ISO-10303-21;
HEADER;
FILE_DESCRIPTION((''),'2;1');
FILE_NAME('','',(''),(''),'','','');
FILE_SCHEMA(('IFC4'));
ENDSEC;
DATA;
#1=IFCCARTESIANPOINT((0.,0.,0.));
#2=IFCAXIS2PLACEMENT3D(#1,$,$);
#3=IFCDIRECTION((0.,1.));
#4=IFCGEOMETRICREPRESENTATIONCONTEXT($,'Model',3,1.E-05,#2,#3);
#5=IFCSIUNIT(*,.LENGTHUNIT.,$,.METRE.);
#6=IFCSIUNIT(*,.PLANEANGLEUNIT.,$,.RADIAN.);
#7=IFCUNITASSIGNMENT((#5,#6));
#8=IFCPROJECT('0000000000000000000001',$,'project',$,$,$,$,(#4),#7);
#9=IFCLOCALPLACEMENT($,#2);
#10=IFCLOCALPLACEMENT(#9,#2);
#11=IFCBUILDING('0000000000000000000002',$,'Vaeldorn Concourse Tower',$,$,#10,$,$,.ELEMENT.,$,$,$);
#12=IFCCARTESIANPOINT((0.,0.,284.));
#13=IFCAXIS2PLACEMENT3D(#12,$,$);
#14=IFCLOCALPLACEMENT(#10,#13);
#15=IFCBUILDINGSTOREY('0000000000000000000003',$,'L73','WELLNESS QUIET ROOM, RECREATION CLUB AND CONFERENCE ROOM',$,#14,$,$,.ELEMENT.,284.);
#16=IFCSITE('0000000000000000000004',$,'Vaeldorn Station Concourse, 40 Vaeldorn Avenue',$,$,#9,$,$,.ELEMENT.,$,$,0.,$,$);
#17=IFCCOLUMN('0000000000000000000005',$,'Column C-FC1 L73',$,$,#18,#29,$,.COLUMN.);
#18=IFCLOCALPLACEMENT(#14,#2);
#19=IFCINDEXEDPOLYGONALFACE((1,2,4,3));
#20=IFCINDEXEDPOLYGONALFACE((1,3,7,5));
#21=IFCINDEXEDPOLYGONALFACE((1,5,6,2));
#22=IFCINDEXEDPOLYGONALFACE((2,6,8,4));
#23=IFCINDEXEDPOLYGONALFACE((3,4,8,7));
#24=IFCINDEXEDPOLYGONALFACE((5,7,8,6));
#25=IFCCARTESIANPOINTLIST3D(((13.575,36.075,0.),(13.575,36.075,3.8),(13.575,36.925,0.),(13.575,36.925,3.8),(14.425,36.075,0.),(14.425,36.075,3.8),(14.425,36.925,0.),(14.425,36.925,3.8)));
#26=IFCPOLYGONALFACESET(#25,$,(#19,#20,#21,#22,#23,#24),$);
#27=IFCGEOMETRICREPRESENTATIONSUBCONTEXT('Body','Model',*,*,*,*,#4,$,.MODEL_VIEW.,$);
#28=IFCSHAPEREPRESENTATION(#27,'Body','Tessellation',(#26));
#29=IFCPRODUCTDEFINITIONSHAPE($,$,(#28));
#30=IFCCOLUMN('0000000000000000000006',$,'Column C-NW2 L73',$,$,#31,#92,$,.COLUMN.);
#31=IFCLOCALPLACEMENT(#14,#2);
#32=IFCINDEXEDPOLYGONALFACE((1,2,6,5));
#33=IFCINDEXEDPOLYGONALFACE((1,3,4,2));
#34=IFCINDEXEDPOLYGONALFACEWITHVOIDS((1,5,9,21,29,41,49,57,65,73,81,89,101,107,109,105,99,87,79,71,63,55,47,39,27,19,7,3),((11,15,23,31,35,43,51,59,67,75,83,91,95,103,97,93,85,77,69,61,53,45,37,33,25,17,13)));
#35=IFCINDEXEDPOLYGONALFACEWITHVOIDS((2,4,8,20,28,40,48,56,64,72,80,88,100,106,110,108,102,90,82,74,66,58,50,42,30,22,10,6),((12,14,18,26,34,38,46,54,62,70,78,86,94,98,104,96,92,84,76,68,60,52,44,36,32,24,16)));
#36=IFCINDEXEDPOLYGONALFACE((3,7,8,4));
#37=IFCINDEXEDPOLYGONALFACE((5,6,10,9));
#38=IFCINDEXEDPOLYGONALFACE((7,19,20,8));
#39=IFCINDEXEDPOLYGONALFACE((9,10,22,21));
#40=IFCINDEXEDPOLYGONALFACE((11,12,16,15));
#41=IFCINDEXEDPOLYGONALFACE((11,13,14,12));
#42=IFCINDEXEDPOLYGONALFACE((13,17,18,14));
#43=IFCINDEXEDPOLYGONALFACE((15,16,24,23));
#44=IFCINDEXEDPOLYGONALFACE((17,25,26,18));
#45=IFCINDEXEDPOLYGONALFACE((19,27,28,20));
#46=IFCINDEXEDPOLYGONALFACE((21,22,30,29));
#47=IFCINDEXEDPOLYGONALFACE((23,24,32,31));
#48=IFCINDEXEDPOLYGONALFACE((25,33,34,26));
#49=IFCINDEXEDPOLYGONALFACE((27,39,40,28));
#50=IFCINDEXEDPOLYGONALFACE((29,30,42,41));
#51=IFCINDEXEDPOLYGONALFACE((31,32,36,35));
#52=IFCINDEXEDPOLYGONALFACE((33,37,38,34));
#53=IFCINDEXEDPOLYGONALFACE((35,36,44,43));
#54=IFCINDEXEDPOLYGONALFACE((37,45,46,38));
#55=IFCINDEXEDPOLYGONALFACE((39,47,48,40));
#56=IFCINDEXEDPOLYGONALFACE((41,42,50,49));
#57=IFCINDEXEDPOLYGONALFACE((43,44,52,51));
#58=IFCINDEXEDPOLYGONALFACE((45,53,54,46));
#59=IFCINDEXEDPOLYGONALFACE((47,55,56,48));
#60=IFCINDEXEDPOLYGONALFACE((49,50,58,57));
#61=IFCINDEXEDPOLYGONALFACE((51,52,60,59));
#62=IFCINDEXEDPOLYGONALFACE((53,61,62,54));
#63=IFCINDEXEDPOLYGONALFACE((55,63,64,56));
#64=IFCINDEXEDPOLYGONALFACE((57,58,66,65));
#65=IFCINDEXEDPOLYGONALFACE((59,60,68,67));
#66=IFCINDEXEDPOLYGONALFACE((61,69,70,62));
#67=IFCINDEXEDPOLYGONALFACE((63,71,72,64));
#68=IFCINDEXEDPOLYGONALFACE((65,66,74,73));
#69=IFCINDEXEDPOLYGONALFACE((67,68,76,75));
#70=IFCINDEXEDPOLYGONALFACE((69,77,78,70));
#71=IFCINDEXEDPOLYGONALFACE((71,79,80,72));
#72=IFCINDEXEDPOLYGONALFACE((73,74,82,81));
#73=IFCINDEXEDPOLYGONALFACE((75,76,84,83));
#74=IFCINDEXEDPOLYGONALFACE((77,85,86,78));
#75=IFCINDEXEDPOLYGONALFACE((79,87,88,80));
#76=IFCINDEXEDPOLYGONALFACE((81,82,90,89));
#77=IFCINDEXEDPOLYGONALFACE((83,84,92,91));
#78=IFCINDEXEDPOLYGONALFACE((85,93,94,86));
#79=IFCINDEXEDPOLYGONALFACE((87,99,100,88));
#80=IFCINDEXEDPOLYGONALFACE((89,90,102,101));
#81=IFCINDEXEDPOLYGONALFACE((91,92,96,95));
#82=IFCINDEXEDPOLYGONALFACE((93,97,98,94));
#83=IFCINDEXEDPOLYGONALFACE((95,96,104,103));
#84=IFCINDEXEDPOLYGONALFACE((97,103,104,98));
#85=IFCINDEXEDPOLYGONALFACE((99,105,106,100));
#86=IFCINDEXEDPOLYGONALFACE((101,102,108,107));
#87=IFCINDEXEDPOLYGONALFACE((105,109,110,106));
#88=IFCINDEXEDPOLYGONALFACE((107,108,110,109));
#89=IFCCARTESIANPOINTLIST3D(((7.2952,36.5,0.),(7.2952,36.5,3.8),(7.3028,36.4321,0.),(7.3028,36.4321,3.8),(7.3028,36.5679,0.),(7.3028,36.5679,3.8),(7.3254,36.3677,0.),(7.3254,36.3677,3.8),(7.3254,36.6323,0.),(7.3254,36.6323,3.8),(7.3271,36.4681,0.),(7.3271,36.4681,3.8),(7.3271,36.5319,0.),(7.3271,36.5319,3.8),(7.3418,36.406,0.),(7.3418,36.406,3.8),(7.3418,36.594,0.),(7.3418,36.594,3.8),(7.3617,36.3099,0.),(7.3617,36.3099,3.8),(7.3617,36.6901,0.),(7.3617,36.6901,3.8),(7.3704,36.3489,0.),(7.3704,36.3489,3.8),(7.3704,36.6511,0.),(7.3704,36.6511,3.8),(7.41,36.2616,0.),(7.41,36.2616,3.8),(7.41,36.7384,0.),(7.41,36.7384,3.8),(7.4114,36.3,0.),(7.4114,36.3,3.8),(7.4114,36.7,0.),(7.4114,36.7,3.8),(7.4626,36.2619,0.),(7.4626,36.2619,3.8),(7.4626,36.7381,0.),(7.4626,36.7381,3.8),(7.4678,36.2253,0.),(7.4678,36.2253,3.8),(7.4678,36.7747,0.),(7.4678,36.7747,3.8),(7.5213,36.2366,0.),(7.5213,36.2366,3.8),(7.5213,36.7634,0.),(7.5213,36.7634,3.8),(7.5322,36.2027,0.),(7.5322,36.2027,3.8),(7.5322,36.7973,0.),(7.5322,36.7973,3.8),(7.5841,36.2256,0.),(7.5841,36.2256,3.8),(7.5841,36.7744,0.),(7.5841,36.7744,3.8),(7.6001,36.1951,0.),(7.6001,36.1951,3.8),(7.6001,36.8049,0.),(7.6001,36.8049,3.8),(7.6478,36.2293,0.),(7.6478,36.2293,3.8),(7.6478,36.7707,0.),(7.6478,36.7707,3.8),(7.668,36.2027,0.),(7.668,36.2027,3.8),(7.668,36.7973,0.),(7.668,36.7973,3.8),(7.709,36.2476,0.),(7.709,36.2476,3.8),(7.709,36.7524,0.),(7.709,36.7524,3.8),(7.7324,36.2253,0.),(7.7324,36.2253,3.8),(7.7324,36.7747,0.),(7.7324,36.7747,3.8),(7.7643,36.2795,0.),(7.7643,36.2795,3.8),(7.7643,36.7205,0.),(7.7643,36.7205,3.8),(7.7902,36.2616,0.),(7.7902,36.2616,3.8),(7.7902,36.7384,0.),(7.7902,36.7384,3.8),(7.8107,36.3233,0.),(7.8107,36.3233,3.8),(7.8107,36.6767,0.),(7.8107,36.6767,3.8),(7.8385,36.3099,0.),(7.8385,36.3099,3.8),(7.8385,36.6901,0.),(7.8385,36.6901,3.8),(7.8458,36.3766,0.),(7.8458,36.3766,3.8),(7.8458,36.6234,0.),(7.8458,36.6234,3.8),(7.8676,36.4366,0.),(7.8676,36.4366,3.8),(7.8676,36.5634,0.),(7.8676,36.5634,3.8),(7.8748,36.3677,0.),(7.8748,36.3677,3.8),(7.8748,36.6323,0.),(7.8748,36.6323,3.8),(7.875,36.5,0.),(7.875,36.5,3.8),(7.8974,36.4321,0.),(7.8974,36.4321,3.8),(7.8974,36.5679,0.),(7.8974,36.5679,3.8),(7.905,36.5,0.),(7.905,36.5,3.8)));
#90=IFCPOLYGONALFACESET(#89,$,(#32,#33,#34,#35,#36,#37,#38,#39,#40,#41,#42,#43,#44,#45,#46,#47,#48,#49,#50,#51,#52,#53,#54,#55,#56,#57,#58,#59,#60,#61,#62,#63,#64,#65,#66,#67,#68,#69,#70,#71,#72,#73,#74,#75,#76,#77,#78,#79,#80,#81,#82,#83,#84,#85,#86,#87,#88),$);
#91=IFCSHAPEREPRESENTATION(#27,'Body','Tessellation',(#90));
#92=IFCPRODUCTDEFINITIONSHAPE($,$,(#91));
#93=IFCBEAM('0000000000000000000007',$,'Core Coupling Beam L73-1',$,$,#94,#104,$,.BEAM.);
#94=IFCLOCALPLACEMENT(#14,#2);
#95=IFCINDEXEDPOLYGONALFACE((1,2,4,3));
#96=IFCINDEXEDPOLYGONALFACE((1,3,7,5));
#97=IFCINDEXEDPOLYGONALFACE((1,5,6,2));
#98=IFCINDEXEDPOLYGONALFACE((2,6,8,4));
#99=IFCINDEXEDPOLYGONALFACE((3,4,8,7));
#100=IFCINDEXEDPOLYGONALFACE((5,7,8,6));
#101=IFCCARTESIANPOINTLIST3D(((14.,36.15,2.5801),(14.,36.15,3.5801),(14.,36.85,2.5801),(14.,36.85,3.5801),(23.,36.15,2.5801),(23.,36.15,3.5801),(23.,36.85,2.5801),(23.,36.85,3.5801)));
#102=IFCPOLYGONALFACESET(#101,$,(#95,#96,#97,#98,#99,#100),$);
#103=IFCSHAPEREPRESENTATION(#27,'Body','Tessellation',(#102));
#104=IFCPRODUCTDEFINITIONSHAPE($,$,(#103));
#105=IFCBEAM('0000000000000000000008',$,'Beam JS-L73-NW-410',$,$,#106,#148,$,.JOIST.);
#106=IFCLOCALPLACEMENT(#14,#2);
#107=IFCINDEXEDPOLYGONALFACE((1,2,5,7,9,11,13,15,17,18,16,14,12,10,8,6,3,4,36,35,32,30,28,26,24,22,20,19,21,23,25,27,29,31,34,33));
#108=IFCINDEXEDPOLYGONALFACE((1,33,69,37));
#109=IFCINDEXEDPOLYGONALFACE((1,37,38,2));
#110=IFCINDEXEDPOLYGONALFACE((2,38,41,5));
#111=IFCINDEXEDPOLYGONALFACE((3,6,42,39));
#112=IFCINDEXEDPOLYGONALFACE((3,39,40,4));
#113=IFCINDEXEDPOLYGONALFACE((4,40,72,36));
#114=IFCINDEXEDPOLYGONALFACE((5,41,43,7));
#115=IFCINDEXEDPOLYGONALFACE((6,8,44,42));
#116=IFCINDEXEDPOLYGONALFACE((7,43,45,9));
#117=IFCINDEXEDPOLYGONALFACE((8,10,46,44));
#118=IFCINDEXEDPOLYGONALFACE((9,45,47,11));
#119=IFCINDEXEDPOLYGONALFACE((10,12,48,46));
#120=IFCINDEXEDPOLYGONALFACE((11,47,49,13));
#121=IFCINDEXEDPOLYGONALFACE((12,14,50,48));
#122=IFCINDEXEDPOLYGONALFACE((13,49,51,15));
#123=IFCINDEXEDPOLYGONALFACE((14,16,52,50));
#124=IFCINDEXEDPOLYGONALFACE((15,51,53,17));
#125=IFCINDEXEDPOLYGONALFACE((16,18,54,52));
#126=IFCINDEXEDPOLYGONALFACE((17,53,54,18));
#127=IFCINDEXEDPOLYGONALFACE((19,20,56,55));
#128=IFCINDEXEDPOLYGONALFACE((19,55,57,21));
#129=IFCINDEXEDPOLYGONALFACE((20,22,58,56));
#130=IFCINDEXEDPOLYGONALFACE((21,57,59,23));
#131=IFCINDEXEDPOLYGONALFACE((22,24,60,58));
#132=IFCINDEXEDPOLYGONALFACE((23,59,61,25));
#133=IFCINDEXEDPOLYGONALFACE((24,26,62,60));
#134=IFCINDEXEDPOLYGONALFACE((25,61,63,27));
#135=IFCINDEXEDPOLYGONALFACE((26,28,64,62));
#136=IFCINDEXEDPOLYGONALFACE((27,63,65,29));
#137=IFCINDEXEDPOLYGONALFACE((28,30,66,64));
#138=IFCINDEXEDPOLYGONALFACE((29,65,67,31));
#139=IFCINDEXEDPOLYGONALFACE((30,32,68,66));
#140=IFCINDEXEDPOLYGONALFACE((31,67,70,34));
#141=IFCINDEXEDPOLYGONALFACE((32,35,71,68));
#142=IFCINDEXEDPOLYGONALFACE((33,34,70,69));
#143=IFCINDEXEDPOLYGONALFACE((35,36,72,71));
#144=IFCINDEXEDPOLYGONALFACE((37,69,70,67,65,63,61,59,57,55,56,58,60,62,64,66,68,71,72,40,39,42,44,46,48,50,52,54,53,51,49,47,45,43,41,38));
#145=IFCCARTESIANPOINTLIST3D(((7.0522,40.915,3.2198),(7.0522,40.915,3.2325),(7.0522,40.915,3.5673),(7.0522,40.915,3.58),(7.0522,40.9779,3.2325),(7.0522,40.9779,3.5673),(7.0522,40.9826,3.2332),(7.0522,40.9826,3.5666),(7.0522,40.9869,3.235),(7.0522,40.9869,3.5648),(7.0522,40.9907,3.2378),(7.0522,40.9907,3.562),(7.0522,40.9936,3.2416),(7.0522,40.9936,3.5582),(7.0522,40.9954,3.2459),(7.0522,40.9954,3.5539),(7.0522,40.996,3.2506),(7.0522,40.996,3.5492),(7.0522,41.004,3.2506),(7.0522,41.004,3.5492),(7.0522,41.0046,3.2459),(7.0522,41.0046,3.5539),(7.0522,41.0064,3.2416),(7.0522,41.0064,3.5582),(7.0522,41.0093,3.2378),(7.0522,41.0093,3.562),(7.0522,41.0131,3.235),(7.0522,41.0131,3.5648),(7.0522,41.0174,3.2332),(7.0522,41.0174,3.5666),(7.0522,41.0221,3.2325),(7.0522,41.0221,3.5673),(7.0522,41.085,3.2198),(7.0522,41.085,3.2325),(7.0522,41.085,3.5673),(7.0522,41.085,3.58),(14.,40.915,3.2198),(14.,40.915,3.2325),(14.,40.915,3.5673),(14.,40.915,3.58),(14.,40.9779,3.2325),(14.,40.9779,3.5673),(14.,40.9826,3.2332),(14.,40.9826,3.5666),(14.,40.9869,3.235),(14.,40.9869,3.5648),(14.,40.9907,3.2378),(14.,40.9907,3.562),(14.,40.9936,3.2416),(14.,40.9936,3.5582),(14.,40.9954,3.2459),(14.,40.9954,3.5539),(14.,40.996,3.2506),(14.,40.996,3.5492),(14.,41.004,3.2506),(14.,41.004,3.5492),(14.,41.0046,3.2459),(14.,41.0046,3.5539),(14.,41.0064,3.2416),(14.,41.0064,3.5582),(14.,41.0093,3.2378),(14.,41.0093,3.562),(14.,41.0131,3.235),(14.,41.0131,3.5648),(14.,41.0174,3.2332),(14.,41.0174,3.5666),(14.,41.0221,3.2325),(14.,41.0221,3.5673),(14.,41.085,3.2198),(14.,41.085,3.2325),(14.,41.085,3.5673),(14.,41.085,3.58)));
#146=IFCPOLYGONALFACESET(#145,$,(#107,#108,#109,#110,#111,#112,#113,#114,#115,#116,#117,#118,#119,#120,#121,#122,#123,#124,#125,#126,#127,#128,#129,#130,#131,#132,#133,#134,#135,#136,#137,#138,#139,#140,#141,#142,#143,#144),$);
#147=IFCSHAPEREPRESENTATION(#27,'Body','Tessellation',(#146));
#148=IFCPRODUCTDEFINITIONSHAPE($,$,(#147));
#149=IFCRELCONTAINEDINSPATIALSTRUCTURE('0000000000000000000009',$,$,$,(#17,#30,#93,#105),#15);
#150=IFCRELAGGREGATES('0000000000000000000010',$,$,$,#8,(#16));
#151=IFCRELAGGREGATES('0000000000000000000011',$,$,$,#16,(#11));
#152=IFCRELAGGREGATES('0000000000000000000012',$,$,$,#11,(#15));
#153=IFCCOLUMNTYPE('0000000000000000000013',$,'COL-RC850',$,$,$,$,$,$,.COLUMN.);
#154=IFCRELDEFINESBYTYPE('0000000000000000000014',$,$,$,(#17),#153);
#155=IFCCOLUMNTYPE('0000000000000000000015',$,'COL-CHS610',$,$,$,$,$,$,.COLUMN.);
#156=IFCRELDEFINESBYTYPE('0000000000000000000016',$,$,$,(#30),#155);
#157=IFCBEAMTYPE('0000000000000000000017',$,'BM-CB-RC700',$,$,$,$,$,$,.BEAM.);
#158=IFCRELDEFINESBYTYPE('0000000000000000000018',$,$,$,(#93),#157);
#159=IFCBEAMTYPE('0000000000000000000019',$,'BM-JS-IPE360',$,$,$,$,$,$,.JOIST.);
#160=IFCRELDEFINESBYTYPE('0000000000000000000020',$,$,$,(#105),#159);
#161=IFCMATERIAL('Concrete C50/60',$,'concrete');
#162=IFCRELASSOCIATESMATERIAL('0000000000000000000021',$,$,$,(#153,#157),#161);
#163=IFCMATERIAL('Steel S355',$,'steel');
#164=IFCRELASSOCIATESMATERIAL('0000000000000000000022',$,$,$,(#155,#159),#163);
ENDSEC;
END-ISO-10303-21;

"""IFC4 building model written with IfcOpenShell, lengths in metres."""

from ifc_helpers import new_model, si_unit, direction, frame, origin, origin_2d, place, context, subcontext, project, spatial, rectangle, hollow_circle, i_section, extrude, source, transform, mapped, material, material_profile, profile_set, type_object, element, save


model = new_model("IFC4")

# Units and contexts
model_context = context("Model", 3, precision=1e-05, world=origin(), true_north=direction((0.0, 1.0)))
body_context = subcontext(model_context, "Body", "Model", "MODEL_VIEW")
ifc_project = project(units=[si_unit("LENGTHUNIT", "METRE"), si_unit("PLANEANGLEUNIT", "RADIAN")], contexts=[model_context])

# Site, building, storey
site_placement = place(None, origin())
site = spatial("IfcSite", under=ifc_project, at=site_placement, Name="Vaeldorn Station Concourse, 40 Vaeldorn Avenue", CompositionType="ELEMENT", RefElevation=0.0)
building_placement = place(site_placement, origin())
building = spatial("IfcBuilding", under=site, at=building_placement, Name="Vaeldorn Concourse Tower", CompositionType="ELEMENT")
storey_placement = place(building_placement, frame((0.0, 0.0, 284.0)))
storey = spatial("IfcBuildingStorey", under=building, at=storey_placement, Name="L73", Description="WELLNESS QUIET ROOM, RECREATION CLUB AND CONFERENCE ROOM", CompositionType="ELEMENT", Elevation=284.0)

# Columns
ifc_material_1 = material(Name="Concrete C50/60", Category="concrete")
ifc_material_profile_1 = material_profile(ifc_material_1, rectangle(XDim=0.8501, YDim=0.8501, at=origin_2d()), Name="RC 850x850")
ifc_profile_set_1 = profile_set([ifc_material_profile_1], Name="Concrete C50/60")
column_type_1 = type_object("IfcColumnType", Name="COL-RC850", PredefinedType="COLUMN", material=ifc_profile_set_1)
shared_shape_1 = source(origin(), body_context, "Body", "SweptSolid", [
    extrude(rectangle(XDim=0.8501, YDim=0.8501, at=origin_2d()), origin(), (0.0, 0.0, 1.0), 3.8),
])
column_1_placement = place(storey_placement, frame((14.0, 36.5, 0.0), z_axis=(0.0, 0.0, 1.0), x_axis=(1.0, 0.0, 0.0)))
element("IfcColumn", 1, at=column_1_placement, inside=storey, type_object=column_type_1, Name="Column C-FC1 L73", PredefinedType="COLUMN", context=body_context, shape_type="MappedRepresentation", body=[
    mapped(shared_shape_1, transform((0.0, 0.0, 0.0), scale=1.0)),
])
ifc_material_2 = material(Name="Steel S355", Category="steel")
ifc_material_profile_2 = material_profile(ifc_material_2, hollow_circle(Radius=0.3049, WallThickness=0.03, at=origin_2d()), Name="CHS 610x30")
ifc_profile_set_2 = profile_set([ifc_material_profile_2], Name="Steel S355")
column_type_2 = type_object("IfcColumnType", Name="COL-CHS610", PredefinedType="COLUMN", material=ifc_profile_set_2)
shared_shape_2 = source(origin(), body_context, "Body", "SweptSolid", [
    extrude(hollow_circle(Radius=0.3049, WallThickness=0.03, at=origin_2d()), origin(), (0.0, 0.0, 1.0), 3.8),
])
column_2_placement = place(storey_placement, frame((7.6001, 36.5, 0.0), z_axis=(0.0, 0.0, 1.0), x_axis=(1.0, 0.0, 0.0)))
element("IfcColumn", 2, at=column_2_placement, inside=storey, type_object=column_type_2, Name="Column C-NW2 L73", PredefinedType="COLUMN", context=body_context, shape_type="MappedRepresentation", body=[
    mapped(shared_shape_2, transform((0.0, 0.0, 0.0), scale=1.0)),
])

# Beams
ifc_material_profile_3 = material_profile(ifc_material_1, rectangle(XDim=0.7, YDim=1.0, at=origin_2d()), Name="RC 700x1000")
ifc_profile_set_3 = profile_set([ifc_material_profile_3], Name="Concrete C50/60")
beam_type_1 = type_object("IfcBeamType", Name="BM-CB-RC700", PredefinedType="BEAM", material=ifc_profile_set_3)
shared_shape_3 = source(origin(), body_context, "Body", "SweptSolid", [
    extrude(rectangle(XDim=0.7, YDim=1.0, at=origin_2d()), origin(), (0.0, 0.0, 1.0), 9.0),
])
beam_1_placement = place(storey_placement, frame((14.0, 36.5, 3.0801), z_axis=(1.0, 0.0, 0.0), x_axis=(0.0, 1.0, 0.0)))
element("IfcBeam", 3, at=beam_1_placement, inside=storey, type_object=beam_type_1, Name="Core Coupling Beam L73-1", PredefinedType="BEAM", context=body_context, shape_type="MappedRepresentation", body=[
    mapped(shared_shape_3, transform((0.0, 0.0, 0.0), scale=1.0)),
])
ifc_material_profile_4 = material_profile(ifc_material_2, i_section(OverallWidth=0.1699, OverallDepth=0.3601, WebThickness=0.0081, FlangeThickness=0.0127, FilletRadius=0.0181, at=origin_2d()), Name="IPE 360")
ifc_profile_set_4 = profile_set([ifc_material_profile_4], Name="Steel S355")
beam_type_2 = type_object("IfcBeamType", Name="BM-JS-IPE360", PredefinedType="JOIST", material=ifc_profile_set_4)
shared_shape_4 = source(origin(), body_context, "Body", "SweptSolid", [
    extrude(i_section(OverallWidth=0.1699, OverallDepth=0.3601, WebThickness=0.0081, FlangeThickness=0.0127, FilletRadius=0.0181, at=origin_2d()), origin(), (0.0, 0.0, 1.0), 6.9478),
])
beam_2_placement = place(storey_placement, frame((7.0522, 41.0, 3.3999), z_axis=(1.0, 0.0, 0.0), x_axis=(0.0, 1.0, 0.0)))
element("IfcBeam", 4, at=beam_2_placement, inside=storey, type_object=beam_type_2, Name="Beam JS-L73-NW-410", PredefinedType="JOIST", context=body_context, shape_type="MappedRepresentation", body=[
    mapped(shared_shape_4, transform((0.0, 0.0, 0.0), scale=1.0)),
])

save(model, "model.ifc")
